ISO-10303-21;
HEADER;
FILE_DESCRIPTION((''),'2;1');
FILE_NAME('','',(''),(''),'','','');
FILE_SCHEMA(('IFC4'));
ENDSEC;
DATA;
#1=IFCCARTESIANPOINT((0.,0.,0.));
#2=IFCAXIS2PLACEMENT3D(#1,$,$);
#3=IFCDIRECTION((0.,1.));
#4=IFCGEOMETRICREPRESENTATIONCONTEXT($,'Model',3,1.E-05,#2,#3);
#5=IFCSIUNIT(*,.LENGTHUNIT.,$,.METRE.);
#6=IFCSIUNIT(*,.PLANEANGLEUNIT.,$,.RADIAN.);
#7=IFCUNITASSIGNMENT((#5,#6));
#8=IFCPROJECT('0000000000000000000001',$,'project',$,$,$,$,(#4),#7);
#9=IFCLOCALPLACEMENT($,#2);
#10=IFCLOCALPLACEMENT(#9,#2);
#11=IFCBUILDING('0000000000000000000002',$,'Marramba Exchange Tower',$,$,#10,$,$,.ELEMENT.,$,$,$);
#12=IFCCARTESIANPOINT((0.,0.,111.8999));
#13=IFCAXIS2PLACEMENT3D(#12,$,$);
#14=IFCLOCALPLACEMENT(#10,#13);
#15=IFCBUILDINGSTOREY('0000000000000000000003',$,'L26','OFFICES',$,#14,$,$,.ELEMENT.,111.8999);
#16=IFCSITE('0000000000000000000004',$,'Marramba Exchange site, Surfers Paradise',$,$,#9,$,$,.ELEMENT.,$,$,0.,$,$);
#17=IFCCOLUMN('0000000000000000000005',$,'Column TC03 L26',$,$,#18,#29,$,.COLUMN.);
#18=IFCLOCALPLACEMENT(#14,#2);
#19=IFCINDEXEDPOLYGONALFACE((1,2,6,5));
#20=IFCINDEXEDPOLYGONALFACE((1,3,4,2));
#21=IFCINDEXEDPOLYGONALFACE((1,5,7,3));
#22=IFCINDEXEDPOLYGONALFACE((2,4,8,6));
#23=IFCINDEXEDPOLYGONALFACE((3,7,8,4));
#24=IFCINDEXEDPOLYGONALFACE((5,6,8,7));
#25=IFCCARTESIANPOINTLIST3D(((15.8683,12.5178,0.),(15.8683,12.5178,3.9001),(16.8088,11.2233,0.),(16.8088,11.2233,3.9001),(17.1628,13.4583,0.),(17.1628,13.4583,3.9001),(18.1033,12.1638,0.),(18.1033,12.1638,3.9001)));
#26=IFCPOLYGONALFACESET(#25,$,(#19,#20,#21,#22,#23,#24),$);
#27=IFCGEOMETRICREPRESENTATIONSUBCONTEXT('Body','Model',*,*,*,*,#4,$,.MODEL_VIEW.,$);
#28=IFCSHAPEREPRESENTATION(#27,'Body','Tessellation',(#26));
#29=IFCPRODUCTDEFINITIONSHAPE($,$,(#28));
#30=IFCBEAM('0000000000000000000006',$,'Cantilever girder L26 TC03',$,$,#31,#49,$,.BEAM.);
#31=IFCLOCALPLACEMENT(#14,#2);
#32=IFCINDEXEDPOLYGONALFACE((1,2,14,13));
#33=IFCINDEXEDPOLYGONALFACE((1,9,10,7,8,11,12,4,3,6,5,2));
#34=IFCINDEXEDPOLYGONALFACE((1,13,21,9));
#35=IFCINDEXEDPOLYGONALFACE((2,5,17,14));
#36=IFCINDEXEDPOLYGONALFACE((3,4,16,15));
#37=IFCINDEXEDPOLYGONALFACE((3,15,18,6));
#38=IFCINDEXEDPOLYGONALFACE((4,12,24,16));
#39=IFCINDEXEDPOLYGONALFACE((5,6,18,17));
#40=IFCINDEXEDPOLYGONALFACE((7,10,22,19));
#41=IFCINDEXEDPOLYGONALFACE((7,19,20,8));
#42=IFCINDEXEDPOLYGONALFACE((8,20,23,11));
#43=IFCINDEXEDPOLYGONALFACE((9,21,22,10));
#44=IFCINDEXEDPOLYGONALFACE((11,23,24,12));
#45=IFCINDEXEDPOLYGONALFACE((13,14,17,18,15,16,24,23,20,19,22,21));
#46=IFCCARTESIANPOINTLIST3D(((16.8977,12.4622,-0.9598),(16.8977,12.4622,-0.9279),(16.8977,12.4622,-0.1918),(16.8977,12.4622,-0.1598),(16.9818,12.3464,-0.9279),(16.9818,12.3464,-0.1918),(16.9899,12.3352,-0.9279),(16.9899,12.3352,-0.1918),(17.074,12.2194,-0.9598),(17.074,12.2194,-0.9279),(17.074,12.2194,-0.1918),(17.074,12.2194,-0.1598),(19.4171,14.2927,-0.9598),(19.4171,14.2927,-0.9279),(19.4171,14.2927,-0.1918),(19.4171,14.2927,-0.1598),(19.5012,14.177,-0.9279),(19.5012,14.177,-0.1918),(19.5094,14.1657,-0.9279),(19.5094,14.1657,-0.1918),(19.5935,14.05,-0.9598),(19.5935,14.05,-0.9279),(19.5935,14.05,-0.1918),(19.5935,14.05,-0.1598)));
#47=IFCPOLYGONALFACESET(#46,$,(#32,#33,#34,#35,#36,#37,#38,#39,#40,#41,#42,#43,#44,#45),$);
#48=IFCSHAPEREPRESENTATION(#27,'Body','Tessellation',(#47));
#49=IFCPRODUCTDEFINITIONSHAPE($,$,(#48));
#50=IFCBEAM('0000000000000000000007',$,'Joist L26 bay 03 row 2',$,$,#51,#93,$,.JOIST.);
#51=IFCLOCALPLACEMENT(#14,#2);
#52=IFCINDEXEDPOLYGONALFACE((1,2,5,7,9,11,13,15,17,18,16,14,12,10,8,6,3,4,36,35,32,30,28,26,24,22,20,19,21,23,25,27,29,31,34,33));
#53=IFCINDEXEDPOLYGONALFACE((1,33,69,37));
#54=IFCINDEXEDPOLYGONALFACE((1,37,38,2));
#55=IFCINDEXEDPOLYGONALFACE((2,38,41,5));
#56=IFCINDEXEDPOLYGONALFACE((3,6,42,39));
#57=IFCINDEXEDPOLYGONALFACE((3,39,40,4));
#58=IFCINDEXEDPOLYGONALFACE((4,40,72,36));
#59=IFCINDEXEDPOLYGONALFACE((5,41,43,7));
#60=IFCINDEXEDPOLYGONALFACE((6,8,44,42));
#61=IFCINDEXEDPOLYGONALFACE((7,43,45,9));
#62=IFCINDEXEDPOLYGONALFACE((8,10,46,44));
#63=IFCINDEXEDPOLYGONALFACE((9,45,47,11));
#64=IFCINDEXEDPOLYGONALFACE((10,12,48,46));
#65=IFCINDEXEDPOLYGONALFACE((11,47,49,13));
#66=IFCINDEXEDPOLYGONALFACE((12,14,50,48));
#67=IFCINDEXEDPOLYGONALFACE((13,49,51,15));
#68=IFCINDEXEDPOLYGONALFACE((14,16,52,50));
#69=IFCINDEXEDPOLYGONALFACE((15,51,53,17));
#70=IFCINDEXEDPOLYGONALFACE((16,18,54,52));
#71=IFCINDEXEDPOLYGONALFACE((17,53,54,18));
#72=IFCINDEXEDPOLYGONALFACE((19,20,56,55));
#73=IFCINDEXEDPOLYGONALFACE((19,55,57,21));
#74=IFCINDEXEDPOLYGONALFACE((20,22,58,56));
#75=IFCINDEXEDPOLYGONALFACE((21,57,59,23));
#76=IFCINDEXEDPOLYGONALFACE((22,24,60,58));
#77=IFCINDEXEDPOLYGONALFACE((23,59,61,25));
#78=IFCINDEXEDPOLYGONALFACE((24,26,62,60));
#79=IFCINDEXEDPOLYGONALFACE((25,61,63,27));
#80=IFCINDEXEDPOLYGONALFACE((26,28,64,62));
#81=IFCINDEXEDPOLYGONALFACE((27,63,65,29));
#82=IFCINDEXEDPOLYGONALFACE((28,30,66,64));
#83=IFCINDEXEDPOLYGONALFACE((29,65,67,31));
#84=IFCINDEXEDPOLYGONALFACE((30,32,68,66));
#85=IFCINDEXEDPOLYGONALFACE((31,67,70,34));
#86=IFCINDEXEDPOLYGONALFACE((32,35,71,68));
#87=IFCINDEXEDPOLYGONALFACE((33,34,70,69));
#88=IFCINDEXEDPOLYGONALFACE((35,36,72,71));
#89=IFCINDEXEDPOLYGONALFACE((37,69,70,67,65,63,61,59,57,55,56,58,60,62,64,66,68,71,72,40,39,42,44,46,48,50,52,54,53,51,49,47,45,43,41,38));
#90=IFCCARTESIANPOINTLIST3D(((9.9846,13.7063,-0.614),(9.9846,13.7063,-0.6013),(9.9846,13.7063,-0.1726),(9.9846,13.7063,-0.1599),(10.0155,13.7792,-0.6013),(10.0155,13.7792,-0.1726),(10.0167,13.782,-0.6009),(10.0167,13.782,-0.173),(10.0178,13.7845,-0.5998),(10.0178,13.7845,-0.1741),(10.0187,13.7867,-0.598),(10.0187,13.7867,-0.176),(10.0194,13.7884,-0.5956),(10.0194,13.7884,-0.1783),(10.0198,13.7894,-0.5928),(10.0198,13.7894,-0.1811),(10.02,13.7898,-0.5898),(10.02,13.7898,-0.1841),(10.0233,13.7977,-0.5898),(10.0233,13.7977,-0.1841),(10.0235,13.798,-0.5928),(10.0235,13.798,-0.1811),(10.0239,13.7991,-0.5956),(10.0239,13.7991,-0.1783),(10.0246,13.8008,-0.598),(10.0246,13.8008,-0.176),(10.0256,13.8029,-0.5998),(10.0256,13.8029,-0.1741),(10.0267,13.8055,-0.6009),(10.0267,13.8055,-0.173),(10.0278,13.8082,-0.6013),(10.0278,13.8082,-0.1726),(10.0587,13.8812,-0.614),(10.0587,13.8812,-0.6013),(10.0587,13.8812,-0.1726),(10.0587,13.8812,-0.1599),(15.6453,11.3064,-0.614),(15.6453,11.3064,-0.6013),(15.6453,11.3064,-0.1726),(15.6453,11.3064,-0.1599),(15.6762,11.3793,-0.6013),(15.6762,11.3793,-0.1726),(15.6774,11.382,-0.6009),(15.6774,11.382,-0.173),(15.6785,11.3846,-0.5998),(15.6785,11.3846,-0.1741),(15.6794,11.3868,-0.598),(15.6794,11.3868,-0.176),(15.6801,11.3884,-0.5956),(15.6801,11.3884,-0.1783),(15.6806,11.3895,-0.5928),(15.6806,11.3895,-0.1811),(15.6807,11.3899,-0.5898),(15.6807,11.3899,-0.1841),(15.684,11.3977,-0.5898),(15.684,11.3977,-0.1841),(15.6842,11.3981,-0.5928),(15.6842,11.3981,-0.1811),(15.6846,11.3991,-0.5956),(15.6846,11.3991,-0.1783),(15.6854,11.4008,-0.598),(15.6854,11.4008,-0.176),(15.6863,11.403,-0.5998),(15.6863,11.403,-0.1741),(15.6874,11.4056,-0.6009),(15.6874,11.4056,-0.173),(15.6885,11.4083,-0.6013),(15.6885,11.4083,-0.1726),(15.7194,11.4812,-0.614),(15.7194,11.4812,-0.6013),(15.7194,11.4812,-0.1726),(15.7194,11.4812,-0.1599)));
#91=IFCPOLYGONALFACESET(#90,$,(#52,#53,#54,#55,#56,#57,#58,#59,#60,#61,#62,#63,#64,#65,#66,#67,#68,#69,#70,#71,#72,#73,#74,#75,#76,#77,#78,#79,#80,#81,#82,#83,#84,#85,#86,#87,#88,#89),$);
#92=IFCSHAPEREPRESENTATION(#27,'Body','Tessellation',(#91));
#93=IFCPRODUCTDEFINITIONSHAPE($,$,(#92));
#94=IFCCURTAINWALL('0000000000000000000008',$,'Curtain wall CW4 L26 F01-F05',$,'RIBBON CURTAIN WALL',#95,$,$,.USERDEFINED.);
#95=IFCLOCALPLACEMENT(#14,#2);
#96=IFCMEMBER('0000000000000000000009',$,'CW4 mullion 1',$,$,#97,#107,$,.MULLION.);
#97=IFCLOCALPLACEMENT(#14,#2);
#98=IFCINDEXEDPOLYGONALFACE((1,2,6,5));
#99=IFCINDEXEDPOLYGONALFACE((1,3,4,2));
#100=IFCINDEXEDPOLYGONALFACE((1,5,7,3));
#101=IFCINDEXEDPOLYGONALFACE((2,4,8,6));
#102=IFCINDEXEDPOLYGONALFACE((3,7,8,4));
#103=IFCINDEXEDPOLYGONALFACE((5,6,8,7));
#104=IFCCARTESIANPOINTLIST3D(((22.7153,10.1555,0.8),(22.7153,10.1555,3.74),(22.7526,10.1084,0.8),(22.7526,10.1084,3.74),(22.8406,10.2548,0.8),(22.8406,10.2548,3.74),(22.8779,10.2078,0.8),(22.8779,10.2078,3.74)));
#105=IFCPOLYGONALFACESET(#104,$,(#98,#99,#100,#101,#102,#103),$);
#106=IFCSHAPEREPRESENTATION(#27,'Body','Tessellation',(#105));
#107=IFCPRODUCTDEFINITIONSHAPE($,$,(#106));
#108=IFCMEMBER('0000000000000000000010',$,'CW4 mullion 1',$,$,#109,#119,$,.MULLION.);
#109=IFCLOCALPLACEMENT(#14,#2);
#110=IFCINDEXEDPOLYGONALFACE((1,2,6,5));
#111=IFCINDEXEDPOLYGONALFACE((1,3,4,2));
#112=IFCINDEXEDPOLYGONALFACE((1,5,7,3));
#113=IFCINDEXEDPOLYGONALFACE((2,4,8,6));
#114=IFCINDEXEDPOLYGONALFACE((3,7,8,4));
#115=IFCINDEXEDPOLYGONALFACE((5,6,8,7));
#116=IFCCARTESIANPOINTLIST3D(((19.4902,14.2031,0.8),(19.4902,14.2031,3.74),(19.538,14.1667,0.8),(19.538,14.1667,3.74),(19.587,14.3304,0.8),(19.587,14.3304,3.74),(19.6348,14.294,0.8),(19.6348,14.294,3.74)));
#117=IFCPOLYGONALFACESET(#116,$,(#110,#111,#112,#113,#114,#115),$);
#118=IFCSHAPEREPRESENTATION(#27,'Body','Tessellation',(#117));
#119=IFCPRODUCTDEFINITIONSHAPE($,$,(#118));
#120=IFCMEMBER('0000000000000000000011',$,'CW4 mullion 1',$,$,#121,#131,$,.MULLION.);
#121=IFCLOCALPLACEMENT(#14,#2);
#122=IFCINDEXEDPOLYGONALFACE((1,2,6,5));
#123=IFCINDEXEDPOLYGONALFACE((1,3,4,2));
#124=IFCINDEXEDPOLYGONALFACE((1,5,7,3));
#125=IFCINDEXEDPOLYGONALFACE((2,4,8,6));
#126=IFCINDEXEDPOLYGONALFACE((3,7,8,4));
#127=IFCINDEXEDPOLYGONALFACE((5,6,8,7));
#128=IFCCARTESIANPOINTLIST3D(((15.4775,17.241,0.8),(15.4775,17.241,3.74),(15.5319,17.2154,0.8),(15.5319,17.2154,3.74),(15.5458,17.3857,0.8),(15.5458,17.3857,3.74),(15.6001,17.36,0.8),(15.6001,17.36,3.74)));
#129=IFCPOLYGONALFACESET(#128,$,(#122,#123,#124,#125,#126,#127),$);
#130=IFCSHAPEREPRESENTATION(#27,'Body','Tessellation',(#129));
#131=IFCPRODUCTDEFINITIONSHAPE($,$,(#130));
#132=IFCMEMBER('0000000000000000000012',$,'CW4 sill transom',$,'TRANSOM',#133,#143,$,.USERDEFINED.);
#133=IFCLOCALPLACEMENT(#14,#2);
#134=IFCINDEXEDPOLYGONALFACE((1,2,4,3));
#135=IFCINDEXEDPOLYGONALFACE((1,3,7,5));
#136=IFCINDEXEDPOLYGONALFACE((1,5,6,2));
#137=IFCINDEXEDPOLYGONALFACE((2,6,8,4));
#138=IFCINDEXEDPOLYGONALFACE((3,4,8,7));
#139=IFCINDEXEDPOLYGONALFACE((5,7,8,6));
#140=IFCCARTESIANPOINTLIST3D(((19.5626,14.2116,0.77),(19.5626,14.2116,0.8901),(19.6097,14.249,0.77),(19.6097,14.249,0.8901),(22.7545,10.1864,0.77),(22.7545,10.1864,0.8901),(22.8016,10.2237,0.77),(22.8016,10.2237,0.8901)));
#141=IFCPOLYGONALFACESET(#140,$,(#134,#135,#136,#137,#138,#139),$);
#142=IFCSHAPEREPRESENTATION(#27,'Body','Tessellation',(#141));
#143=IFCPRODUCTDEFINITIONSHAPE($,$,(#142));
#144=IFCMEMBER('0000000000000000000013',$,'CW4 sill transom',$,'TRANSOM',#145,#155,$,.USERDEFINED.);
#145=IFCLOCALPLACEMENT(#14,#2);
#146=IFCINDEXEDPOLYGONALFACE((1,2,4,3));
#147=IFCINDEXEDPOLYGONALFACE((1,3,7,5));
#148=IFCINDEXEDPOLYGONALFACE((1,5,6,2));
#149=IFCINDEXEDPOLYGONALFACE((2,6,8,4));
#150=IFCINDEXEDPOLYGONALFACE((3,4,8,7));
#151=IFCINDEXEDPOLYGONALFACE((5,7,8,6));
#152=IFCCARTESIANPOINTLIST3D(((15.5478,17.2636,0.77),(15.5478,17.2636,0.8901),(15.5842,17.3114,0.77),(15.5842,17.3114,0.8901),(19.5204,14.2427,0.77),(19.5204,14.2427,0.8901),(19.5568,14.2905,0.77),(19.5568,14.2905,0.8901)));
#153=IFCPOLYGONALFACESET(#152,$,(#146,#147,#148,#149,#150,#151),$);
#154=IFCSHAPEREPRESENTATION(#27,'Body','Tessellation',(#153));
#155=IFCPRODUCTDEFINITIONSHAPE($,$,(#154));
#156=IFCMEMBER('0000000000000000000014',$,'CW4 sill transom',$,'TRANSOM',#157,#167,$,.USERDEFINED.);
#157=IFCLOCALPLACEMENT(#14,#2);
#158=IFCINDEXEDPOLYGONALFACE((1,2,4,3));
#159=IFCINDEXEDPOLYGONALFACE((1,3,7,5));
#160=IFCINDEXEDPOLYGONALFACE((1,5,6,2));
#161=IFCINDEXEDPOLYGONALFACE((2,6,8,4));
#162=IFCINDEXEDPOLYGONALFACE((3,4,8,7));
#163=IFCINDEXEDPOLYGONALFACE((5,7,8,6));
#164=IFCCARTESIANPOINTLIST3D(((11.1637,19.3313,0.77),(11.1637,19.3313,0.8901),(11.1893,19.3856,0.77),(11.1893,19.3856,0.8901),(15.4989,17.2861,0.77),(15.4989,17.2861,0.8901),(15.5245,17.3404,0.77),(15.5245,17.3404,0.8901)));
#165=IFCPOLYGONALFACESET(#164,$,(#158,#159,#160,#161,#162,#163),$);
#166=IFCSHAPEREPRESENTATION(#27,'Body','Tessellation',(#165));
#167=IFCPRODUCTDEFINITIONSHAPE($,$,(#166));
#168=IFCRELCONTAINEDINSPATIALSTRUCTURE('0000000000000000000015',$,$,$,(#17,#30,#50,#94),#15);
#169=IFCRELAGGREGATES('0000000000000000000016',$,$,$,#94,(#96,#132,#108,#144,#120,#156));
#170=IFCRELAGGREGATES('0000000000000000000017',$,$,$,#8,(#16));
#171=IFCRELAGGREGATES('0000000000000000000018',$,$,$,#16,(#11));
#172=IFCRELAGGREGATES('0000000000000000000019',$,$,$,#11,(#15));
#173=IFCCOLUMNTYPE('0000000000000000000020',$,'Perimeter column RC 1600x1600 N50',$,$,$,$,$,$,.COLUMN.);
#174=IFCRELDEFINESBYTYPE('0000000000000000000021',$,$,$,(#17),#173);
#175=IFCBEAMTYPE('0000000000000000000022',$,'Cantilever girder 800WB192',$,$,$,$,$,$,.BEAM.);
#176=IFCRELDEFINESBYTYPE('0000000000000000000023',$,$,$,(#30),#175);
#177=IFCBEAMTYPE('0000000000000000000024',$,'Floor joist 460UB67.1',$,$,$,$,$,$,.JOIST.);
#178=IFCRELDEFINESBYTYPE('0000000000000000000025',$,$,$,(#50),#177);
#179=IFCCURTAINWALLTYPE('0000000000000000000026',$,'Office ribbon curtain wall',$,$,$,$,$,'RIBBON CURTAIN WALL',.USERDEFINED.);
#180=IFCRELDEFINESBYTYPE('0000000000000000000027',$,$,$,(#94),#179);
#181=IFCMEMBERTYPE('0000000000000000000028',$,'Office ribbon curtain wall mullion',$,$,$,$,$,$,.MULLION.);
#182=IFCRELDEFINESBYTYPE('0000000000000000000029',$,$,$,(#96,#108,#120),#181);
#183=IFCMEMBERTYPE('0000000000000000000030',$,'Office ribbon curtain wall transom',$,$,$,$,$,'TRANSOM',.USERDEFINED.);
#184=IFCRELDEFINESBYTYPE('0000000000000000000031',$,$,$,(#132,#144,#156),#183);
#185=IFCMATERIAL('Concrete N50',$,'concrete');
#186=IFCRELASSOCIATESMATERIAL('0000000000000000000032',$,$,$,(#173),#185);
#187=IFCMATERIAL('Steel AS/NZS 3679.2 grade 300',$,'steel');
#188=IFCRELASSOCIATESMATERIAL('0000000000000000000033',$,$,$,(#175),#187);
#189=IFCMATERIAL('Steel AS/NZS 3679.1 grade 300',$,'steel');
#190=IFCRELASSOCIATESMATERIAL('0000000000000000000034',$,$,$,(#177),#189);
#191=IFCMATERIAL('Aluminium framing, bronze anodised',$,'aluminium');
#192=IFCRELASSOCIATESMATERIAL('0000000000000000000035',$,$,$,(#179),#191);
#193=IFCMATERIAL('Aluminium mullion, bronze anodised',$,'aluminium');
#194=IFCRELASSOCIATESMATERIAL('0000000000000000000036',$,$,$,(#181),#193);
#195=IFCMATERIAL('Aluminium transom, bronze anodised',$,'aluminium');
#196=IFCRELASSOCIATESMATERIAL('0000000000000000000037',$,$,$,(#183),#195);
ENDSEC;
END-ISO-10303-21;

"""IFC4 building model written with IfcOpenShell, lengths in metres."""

from ifc_helpers import new_model, si_unit, direction, frame, origin, origin_2d, place, context, subcontext, project, spatial, rectangle, i_section, extrude, material, material_profile, profile_set, type_object, element, aggregate, save


model = new_model("IFC4")

# Units and contexts
model_context = context("Model", 3, precision=1e-05, world=origin(), true_north=direction((0.0, 1.0)))
body_context = subcontext(model_context, "Body", "Model", "MODEL_VIEW")
ifc_project = project(units=[si_unit("LENGTHUNIT", "METRE"), si_unit("PLANEANGLEUNIT", "RADIAN")], contexts=[model_context])

# Site, building, storey
site_placement = place(None, origin())
site = spatial("IfcSite", under=ifc_project, at=site_placement, Name="Marramba Exchange site, Surfers Paradise", CompositionType="ELEMENT", RefElevation=0.0)
building_placement = place(site_placement, origin())
building = spatial("IfcBuilding", under=site, at=building_placement, Name="Marramba Exchange Tower", CompositionType="ELEMENT")
storey_placement = place(building_placement, frame((0.0, 0.0, 111.8999)))
storey = spatial("IfcBuildingStorey", under=building, at=storey_placement, Name="L26", Description="OFFICES", CompositionType="ELEMENT", Elevation=111.8999)

# Column
ifc_material_1 = material(Name="Concrete N50", Category="concrete")
ifc_material_profile_1 = material_profile(ifc_material_1, rectangle(XDim=1.6001, YDim=1.6001, at=origin_2d()), Name="RC 1600x1600")
ifc_profile_set_1 = profile_set([ifc_material_profile_1], Name="Concrete N50")
column_type = type_object("IfcColumnType", Name="Perimeter column RC 1600x1600 N50", PredefinedType="COLUMN", material=ifc_profile_set_1)
column_placement = place(storey_placement, frame((16.9858, 12.3408, 0.0), z_axis=(0.0, 0.0, 1.0), x_axis=(0.809017, 0.587785, 0.0)))
element("IfcColumn", 1, at=column_placement, inside=storey, type_object=column_type, Name="Column TC03 L26", PredefinedType="COLUMN", context=body_context, shape_type="SweptSolid", body=[
    extrude(rectangle(XDim=1.6001, YDim=1.6001, at=origin_2d()), origin(), (0.0, 0.0, 1.0), 3.9001),
])

# Beams
ifc_material_2 = material(Name="Steel AS/NZS 3679.2 grade 300", Category="steel")
ifc_material_profile_2 = material_profile(ifc_material_2, i_section(OverallWidth=0.3, OverallDepth=0.8, WebThickness=0.0139, FlangeThickness=0.032, at=origin_2d()), Name="800WB192")
ifc_profile_set_2 = profile_set([ifc_material_profile_2], Name="Steel AS/NZS 3679.2 grade 300")
beam_type_1 = type_object("IfcBeamType", Name="Cantilever girder 800WB192", PredefinedType="BEAM", material=ifc_profile_set_2)
beam_1_placement = place(storey_placement, frame((16.9858, 12.3408, -0.5598), z_axis=(0.809014, 0.587789, 0.0), x_axis=(-0.587789, 0.809014, 0.0)))
element("IfcBeam", 2, at=beam_1_placement, inside=storey, type_object=beam_type_1, Name="Cantilever girder L26 TC03", PredefinedType="BEAM", context=body_context, shape_type="SweptSolid", body=[
    extrude(i_section(OverallWidth=0.3, OverallDepth=0.8, WebThickness=0.0139, FlangeThickness=0.032, at=origin_2d()), origin(), (0.0, 0.0, 1.0), 3.1143),
])
ifc_material_3 = material(Name="Steel AS/NZS 3679.1 grade 300", Category="steel")
ifc_material_profile_3 = material_profile(ifc_material_3, i_section(OverallWidth=0.1899, OverallDepth=0.4541, WebThickness=0.0085, FlangeThickness=0.0127, FilletRadius=0.0115, at=origin_2d()), Name="460UB67.1")
ifc_profile_set_3 = profile_set([ifc_material_profile_3], Name="Steel AS/NZS 3679.1 grade 300")
beam_type_2 = type_object("IfcBeamType", Name="Floor joist 460UB67.1", PredefinedType="JOIST", material=ifc_profile_set_3)
beam_2_placement = place(storey_placement, frame((15.6824, 11.3938, -0.387), z_axis=(-0.920674, 0.390332, 0.0), x_axis=(-0.390332, -0.920674, 0.0)))
element("IfcBeam", 3, at=beam_2_placement, inside=storey, type_object=beam_type_2, Name="Joist L26 bay 03 row 2", PredefinedType="JOIST", context=body_context, shape_type="SweptSolid", body=[
    extrude(i_section(OverallWidth=0.1899, OverallDepth=0.4541, WebThickness=0.0085, FlangeThickness=0.0127, FilletRadius=0.0115, at=origin_2d()), origin(), (0.0, 0.0, 1.0), 6.1484),
])

# Curtain wall, members
ifc_material_4 = material(Name="Aluminium framing, bronze anodised", Category="aluminium")
curtain_wall_type = type_object("IfcCurtainWallType", Name="Office ribbon curtain wall", ElementType="RIBBON CURTAIN WALL", PredefinedType="USERDEFINED", material=ifc_material_4)
curtain_wall_placement = place(storey_placement, origin())
curtain_wall = element("IfcCurtainWall", 4, at=curtain_wall_placement, inside=storey, type_object=curtain_wall_type, Name="Curtain wall CW4 L26 F01-F05", ObjectType="RIBBON CURTAIN WALL", PredefinedType="USERDEFINED")
ifc_material_5 = material(Name="Aluminium mullion, bronze anodised", Category="aluminium")
ifc_material_profile_4 = material_profile(ifc_material_5, rectangle(XDim=0.1599, YDim=0.0601, at=origin_2d()), Name="CW4 mullion 60x160")
ifc_profile_set_4 = profile_set([ifc_material_profile_4], Name="Aluminium mullion, bronze anodised")
member_type_1 = type_object("IfcMemberType", Name="Office ribbon curtain wall mullion", PredefinedType="MULLION", material=ifc_profile_set_4)
member_1_placement = place(storey_placement, frame((22.7966, 10.1816, 0.8), z_axis=(0.0, 0.0, 1.0), x_axis=(-0.783563, -0.621312, 0.0)))
member_1 = element("IfcMember", 5, at=member_1_placement, type_object=member_type_1, Name="CW4 mullion 1", PredefinedType="MULLION", context=body_context, shape_type="SweptSolid", body=[
    extrude(rectangle(XDim=0.1599, YDim=0.0601, at=origin_2d()), origin(), (0.0, 0.0, 1.0), 2.9399),
])
member_2_placement = place(storey_placement, frame((19.5625, 14.2485, 0.8), z_axis=(0.0, 0.0, 1.0), x_axis=(-0.605334, -0.795972, 0.0)))
member_2 = element("IfcMember", 6, at=member_2_placement, type_object=member_type_1, Name="CW4 mullion 1", PredefinedType="MULLION", context=body_context, shape_type="SweptSolid", body=[
    extrude(rectangle(XDim=0.1599, YDim=0.0601, at=origin_2d()), origin(), (0.0, 0.0, 1.0), 2.9399),
])
member_3_placement = place(storey_placement, frame((15.5388, 17.3005, 0.8), z_axis=(0.0, 0.0, 1.0), x_axis=(-0.426679, -0.904403, 0.0)))
member_3 = element("IfcMember", 7, at=member_3_placement, type_object=member_type_1, Name="CW4 mullion 1", PredefinedType="MULLION", context=body_context, shape_type="SweptSolid", body=[
    extrude(rectangle(XDim=0.1599, YDim=0.0601, at=origin_2d()), origin(), (0.0, 0.0, 1.0), 2.9399),
])
ifc_material_6 = material(Name="Aluminium transom, bronze anodised", Category="aluminium")
ifc_material_profile_5 = material_profile(ifc_material_6, rectangle(XDim=0.0601, YDim=0.1201, at=origin_2d()), Name="CW4 transom 60x120")
ifc_profile_set_5 = profile_set([ifc_material_profile_5], Name="Aluminium transom, bronze anodised")
member_type_2 = type_object("IfcMemberType", Name="Office ribbon curtain wall transom", ElementType="TRANSOM", PredefinedType="USERDEFINED", material=ifc_profile_set_5)
member_4_placement = place(storey_placement, frame((22.7781, 10.2051, 0.8301), z_axis=(-0.621339, 0.783542, 0.0), x_axis=(-0.783542, -0.621339, 0.0)))
member_4 = element("IfcMember", 8, at=member_4_placement, type_object=member_type_2, Name="CW4 sill transom", ObjectType="TRANSOM", PredefinedType="USERDEFINED", context=body_context, shape_type="SweptSolid", body=[
    extrude(rectangle(XDim=0.0601, YDim=0.1201, at=origin_2d()), origin(), (0.0, 0.0, 1.0), 5.1372),
])
member_5_placement = place(storey_placement, frame((19.5386, 14.2666, 0.8301), z_axis=(-0.795991, 0.605309, 0.0), x_axis=(-0.605309, -0.795991, 0.0)))
member_5 = element("IfcMember", 9, at=member_5_placement, type_object=member_type_2, Name="CW4 sill transom", ObjectType="TRANSOM", PredefinedType="USERDEFINED", context=body_context, shape_type="SweptSolid", body=[
    extrude(rectangle(XDim=0.0601, YDim=0.1201, at=origin_2d()), origin(), (0.0, 0.0, 1.0), 4.9907),
])
member_6_placement = place(storey_placement, frame((15.5117, 17.3132, 0.8301), z_axis=(-0.904411, 0.426663, 0.0), x_axis=(-0.426663, -0.904411, 0.0)))
member_6 = element("IfcMember", 10, at=member_6_placement, type_object=member_type_2, Name="CW4 sill transom", ObjectType="TRANSOM", PredefinedType="USERDEFINED", context=body_context, shape_type="SweptSolid", body=[
    extrude(rectangle(XDim=0.0601, YDim=0.1201, at=origin_2d()), origin(), (0.0, 0.0, 1.0), 4.7935),
])

aggregate(curtain_wall, [member_1, member_4, member_2, member_5, member_3, member_6])

save(model, "model.ifc")
